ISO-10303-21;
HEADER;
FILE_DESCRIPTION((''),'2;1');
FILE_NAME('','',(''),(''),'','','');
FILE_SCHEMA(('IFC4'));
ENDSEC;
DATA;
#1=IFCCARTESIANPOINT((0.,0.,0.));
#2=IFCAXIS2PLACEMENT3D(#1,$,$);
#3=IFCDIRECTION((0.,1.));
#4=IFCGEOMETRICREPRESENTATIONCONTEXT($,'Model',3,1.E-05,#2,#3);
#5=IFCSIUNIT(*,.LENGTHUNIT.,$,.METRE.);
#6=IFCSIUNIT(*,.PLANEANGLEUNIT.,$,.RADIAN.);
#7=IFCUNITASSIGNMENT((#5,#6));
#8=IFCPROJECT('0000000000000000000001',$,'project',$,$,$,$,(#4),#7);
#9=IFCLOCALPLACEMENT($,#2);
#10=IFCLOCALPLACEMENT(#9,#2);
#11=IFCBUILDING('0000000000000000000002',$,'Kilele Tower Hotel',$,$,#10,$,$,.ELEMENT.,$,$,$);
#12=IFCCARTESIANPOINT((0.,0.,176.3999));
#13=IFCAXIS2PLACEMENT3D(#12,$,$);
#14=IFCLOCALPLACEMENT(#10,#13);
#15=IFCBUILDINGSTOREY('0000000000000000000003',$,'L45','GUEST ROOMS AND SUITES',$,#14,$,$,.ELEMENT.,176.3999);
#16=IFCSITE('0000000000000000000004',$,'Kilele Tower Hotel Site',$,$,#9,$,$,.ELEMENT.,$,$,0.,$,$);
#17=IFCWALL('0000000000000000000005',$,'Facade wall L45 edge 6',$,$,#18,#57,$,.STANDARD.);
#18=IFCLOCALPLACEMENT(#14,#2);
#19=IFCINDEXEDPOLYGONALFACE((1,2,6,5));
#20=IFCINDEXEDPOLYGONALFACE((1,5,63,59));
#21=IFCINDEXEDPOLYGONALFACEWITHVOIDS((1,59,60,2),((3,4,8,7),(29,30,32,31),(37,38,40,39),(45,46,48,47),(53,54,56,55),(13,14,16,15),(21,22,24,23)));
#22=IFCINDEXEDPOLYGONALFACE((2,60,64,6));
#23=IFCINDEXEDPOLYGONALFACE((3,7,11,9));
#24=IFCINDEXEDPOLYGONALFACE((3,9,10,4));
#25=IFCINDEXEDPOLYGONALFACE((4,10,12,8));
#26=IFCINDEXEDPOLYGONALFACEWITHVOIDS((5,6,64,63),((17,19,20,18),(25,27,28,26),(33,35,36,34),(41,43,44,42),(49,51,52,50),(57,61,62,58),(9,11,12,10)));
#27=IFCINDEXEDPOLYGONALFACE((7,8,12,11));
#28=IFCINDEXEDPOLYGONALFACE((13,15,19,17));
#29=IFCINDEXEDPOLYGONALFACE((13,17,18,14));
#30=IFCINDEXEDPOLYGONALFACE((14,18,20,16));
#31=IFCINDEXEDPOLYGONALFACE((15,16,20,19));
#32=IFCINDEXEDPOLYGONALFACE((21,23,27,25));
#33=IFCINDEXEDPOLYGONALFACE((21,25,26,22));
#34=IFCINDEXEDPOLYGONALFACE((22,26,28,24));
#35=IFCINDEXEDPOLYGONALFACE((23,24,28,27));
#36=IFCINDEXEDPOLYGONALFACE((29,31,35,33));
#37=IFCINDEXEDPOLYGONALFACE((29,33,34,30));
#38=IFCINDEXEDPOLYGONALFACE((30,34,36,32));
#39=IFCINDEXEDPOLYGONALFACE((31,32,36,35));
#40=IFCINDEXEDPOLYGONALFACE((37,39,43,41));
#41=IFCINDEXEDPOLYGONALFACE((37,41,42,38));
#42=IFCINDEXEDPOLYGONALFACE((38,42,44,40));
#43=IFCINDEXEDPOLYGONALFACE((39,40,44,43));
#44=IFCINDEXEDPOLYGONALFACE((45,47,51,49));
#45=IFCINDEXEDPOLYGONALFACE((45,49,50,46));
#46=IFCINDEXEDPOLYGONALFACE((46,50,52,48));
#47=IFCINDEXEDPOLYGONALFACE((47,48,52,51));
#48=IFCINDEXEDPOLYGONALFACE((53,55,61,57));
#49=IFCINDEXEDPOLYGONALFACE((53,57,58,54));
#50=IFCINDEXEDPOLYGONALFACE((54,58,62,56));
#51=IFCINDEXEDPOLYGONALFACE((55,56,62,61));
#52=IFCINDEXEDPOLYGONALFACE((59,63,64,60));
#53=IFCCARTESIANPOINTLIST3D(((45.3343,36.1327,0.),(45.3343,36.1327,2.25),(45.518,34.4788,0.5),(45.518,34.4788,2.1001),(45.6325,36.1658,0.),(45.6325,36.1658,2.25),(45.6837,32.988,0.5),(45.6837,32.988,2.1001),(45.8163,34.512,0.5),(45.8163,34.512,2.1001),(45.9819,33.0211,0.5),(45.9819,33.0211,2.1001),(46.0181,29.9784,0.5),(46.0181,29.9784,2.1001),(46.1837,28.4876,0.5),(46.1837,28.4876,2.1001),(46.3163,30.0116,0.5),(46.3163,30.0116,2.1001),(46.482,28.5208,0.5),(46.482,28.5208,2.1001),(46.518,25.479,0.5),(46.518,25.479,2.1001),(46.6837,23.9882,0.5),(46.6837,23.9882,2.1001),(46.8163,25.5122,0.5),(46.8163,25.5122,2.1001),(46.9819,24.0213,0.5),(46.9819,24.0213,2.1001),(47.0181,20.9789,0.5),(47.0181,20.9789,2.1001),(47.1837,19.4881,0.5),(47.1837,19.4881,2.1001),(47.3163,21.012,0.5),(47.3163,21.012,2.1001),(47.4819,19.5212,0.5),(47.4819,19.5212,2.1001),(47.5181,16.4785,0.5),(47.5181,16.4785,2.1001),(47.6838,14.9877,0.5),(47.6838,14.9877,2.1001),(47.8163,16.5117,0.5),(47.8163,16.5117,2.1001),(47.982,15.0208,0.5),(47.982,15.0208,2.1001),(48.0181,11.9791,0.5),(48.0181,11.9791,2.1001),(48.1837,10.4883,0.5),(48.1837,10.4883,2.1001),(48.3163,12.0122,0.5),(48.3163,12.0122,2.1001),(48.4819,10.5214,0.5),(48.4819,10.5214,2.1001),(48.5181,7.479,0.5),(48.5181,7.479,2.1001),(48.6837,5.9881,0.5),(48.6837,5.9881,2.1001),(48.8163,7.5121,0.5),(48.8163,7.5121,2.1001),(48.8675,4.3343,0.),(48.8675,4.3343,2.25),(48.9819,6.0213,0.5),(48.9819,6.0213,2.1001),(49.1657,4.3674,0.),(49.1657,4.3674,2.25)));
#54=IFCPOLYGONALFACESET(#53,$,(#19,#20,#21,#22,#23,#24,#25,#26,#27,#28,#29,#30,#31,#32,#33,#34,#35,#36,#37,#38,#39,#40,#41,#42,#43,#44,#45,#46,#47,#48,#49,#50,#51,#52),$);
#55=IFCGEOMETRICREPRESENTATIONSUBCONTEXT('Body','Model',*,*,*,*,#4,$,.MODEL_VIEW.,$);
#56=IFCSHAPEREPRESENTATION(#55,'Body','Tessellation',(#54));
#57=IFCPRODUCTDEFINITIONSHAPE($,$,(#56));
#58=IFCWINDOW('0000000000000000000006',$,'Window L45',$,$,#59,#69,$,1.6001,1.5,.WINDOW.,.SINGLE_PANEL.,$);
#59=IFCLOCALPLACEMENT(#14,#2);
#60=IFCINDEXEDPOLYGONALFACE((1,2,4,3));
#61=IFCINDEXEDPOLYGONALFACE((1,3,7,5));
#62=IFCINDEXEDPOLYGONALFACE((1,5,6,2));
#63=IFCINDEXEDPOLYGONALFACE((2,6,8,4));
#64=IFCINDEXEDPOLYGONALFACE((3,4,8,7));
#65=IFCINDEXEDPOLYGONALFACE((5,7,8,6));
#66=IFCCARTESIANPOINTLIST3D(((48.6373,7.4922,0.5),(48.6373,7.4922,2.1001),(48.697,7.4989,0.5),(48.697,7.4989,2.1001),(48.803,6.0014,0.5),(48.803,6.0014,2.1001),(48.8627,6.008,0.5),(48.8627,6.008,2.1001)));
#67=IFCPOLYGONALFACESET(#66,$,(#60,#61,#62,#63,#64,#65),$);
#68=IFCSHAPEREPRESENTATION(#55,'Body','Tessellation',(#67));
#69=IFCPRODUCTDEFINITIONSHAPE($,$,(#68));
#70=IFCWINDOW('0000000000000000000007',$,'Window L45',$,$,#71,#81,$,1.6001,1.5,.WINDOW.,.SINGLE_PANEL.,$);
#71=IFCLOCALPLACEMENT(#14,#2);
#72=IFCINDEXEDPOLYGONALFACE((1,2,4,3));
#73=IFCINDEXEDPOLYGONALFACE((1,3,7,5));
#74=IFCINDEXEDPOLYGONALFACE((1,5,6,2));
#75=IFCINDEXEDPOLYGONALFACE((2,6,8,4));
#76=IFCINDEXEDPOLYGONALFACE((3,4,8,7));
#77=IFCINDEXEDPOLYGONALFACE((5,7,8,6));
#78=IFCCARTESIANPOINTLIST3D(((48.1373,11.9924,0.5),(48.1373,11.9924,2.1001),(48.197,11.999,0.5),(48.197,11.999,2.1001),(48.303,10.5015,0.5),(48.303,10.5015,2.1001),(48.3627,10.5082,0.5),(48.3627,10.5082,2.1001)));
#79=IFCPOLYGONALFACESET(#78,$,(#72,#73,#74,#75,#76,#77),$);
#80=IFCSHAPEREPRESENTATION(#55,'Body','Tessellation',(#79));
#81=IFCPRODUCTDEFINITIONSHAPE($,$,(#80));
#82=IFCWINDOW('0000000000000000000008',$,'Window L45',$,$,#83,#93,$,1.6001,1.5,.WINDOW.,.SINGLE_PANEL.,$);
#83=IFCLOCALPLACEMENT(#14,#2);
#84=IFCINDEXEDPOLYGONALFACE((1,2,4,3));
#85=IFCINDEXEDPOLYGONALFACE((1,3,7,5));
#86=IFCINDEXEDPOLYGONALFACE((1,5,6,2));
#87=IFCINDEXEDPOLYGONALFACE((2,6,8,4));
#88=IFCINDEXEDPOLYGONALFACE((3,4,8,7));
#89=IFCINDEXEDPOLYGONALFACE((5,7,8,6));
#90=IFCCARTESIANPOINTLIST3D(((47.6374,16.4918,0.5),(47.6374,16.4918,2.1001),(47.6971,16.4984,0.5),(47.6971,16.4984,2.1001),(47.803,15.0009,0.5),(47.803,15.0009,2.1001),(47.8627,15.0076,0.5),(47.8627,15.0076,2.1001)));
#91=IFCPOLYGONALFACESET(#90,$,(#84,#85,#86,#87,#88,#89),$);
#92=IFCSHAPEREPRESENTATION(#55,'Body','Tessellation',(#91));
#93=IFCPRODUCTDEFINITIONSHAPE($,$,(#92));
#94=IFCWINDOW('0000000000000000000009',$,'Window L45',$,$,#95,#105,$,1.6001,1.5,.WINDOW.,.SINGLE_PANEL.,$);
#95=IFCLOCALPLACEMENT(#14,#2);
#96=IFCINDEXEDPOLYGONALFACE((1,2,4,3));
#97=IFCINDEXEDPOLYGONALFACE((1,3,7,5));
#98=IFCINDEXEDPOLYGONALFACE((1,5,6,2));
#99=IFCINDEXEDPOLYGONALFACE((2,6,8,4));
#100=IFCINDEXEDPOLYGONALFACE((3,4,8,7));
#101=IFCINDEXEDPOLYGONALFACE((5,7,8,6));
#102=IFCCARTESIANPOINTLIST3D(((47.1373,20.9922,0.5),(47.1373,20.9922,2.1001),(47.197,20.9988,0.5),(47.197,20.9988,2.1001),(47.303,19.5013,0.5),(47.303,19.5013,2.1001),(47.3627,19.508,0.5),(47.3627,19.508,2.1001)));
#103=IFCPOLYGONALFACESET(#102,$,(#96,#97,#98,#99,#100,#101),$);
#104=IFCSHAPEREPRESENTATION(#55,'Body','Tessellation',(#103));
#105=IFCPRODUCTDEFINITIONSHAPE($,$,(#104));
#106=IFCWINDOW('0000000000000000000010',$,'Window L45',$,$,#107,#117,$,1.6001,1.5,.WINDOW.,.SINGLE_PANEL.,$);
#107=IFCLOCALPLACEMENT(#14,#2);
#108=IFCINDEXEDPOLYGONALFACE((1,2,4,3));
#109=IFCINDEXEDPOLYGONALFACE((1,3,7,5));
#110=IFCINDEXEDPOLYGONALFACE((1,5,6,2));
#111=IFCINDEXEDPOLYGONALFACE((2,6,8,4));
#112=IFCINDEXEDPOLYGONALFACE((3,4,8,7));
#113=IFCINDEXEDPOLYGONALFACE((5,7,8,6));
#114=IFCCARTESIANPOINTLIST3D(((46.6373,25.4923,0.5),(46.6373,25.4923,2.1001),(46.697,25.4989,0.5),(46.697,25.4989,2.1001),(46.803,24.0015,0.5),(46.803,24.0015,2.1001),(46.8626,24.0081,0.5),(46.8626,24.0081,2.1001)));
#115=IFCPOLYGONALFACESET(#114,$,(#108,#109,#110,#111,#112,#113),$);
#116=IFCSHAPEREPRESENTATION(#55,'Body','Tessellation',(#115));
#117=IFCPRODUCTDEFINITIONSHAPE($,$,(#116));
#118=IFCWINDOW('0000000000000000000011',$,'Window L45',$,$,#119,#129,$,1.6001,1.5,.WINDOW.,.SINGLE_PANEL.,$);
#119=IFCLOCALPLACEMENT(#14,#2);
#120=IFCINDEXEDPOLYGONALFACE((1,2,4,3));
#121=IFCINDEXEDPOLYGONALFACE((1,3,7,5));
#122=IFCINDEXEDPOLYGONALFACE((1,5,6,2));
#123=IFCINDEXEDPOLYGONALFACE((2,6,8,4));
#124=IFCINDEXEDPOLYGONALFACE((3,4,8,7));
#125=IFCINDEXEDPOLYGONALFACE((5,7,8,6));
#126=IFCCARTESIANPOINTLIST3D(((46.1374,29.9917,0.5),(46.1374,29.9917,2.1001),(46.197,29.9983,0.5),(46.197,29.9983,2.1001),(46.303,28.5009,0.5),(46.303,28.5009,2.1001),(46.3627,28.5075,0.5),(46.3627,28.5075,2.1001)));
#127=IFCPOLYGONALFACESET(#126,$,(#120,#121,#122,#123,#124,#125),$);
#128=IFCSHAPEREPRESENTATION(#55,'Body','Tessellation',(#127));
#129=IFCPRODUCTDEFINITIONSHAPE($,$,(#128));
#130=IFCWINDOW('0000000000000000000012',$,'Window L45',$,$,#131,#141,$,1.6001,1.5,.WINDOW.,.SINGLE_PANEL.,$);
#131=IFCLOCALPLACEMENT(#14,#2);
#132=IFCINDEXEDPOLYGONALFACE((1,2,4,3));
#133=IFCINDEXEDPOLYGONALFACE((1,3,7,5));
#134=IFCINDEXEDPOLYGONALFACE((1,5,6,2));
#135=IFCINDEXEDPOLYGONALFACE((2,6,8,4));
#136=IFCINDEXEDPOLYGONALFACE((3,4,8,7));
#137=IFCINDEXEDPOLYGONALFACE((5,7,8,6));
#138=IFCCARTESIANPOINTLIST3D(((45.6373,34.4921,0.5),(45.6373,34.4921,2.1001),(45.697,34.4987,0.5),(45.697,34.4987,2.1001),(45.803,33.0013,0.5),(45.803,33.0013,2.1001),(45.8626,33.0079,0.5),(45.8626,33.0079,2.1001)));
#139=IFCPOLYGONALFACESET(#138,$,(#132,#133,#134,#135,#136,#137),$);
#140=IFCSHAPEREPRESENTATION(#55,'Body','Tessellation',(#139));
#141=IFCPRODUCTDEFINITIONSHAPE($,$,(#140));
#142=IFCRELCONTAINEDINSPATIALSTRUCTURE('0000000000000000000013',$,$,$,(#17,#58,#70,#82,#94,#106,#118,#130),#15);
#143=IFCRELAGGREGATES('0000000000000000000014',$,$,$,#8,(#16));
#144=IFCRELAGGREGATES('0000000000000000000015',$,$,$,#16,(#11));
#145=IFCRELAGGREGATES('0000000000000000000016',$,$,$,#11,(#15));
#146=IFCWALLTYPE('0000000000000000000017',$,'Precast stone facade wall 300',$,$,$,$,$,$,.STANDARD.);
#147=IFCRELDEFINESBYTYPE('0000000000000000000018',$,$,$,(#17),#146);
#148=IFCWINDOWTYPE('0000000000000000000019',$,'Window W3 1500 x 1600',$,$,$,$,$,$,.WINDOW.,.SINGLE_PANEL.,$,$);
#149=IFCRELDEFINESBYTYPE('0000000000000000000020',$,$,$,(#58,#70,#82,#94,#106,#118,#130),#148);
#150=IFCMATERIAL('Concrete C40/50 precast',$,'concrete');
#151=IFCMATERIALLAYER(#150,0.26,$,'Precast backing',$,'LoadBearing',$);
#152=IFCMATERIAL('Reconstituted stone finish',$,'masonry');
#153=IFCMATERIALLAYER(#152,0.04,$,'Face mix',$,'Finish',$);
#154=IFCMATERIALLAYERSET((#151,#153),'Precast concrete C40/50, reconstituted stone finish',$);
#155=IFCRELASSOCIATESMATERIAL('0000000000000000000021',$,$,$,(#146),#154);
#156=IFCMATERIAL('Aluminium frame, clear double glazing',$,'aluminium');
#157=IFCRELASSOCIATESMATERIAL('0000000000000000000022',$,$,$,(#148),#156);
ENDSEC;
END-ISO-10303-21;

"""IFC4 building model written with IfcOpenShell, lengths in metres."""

from ifc_helpers import new_model, si_unit, direction, frame, frame_2d, origin, place, context, subcontext, project, spatial, rectangle, extrude, material, layer, layer_set, type_object, element, fill, save


model = new_model("IFC4")

# Units and contexts
model_context = context("Model", 3, precision=1e-05, world=origin(), true_north=direction((0.0, 1.0)))
body_context = subcontext(model_context, "Body", "Model", "MODEL_VIEW")
ifc_project = project(units=[si_unit("LENGTHUNIT", "METRE"), si_unit("PLANEANGLEUNIT", "RADIAN")], contexts=[model_context])

# Site, building, storey
site_placement = place(None, origin())
site = spatial("IfcSite", under=ifc_project, at=site_placement, Name="Kilele Tower Hotel Site", CompositionType="ELEMENT", RefElevation=0.0)
building_placement = place(site_placement, origin())
building = spatial("IfcBuilding", under=site, at=building_placement, Name="Kilele Tower Hotel", CompositionType="ELEMENT")
storey_placement = place(building_placement, frame((0.0, 0.0, 176.3999)))
storey = spatial("IfcBuildingStorey", under=building, at=storey_placement, Name="L45", Description="GUEST ROOMS AND SUITES", CompositionType="ELEMENT", Elevation=176.3999)

# Shared definitions
ifc_material_1 = material(Name="Concrete C40/50 precast", Category="concrete")
ifc_layer_1 = layer(ifc_material_1, 0.26, Name="Precast backing", Category="LoadBearing")
ifc_material_2 = material(Name="Reconstituted stone finish", Category="masonry")
ifc_layer_2 = layer(ifc_material_2, 0.04, Name="Face mix", Category="Finish")
ifc_layer_set_1 = layer_set([ifc_layer_1, ifc_layer_2], Name="Precast concrete C40/50, reconstituted stone finish")
wall_type_1 = type_object("IfcWallType", Name="Precast stone facade wall 300", PredefinedType="STANDARD", material=ifc_layer_set_1)
ifc_material_3 = material(Name="Aluminium frame, clear double glazing", Category="aluminium")
window_type_1 = type_object("IfcWindowType", Name="Window W3 1500 x 1600", PartitioningType="SINGLE_PANEL", PredefinedType="WINDOW", material=ifc_material_3)

# Wall, openings, windows
wall_1_placement = place(storey_placement, frame((49.0166, 4.3508, 0.0), z_axis=(0.0, 0.0, 1.0), x_axis=(-0.110433, 0.993884, 0.0)))
wall_1 = element("IfcWall", 1, at=wall_1_placement, inside=storey, type_object=wall_type_1, Name="Facade wall L45 edge 6", PredefinedType="STANDARD", context=body_context, shape_type="SweptSolid", body=[
    extrude(rectangle(XDim=31.9941, YDim=0.3, at=frame_2d((15.9971, 0.0))), origin(), (0.0, 0.0, 1.0), 2.25),
])
opening_1_placement = place(wall_1_placement, frame((1.6641, 0.0, 0.5)))
opening_1 = element("IfcOpeningElement", 2, at=opening_1_placement, cuts=wall_1, PredefinedType="OPENING", context=body_context, shape_type="SweptSolid", body=[
    extrude(rectangle(XDim=1.5, YDim=1.6001, at=frame_2d((0.75, 0.8))), frame((0.0, 0.1599, 0.0), z_axis=(0.0, -1.0, 0.0), x_axis=(1.0, 0.0, 0.0)), (0.0, 0.0, 1.0), 0.3201),
])
opening_2_placement = place(wall_1_placement, frame((6.1919, 0.0, 0.5)))
opening_2 = element("IfcOpeningElement", 3, at=opening_2_placement, cuts=wall_1, PredefinedType="OPENING", context=body_context, shape_type="SweptSolid", body=[
    extrude(rectangle(XDim=1.5, YDim=1.6001, at=frame_2d((0.75, 0.8))), frame((0.0, 0.1599, 0.0), z_axis=(0.0, -1.0, 0.0), x_axis=(1.0, 0.0, 0.0)), (0.0, 0.0, 1.0), 0.3201),
])
opening_3_placement = place(wall_1_placement, frame((10.719, 0.0, 0.5)))
opening_3 = element("IfcOpeningElement", 4, at=opening_3_placement, cuts=wall_1, PredefinedType="OPENING", context=body_context, shape_type="SweptSolid", body=[
    extrude(rectangle(XDim=1.5, YDim=1.6001, at=frame_2d((0.75, 0.8))), frame((0.0, 0.1599, 0.0), z_axis=(0.0, -1.0, 0.0), x_axis=(1.0, 0.0, 0.0)), (0.0, 0.0, 1.0), 0.3201),
])
opening_4_placement = place(wall_1_placement, frame((15.2471, 0.0, 0.5)))
opening_4 = element("IfcOpeningElement", 5, at=opening_4_placement, cuts=wall_1, PredefinedType="OPENING", context=body_context, shape_type="SweptSolid", body=[
    extrude(rectangle(XDim=1.5, YDim=1.6001, at=frame_2d((0.75, 0.8))), frame((0.0, 0.1599, 0.0), z_axis=(0.0, -1.0, 0.0), x_axis=(1.0, 0.0, 0.0)), (0.0, 0.0, 1.0), 0.3201),
])
opening_5_placement = place(wall_1_placement, frame((19.7749, 0.0, 0.5)))
opening_5 = element("IfcOpeningElement", 6, at=opening_5_placement, cuts=wall_1, PredefinedType="OPENING", context=body_context, shape_type="SweptSolid", body=[
    extrude(rectangle(XDim=1.5, YDim=1.6001, at=frame_2d((0.75, 0.8))), frame((0.0, 0.1599, 0.0), z_axis=(0.0, -1.0, 0.0), x_axis=(1.0, 0.0, 0.0)), (0.0, 0.0, 1.0), 0.3201),
])
opening_6_placement = place(wall_1_placement, frame((24.302, 0.0, 0.5)))
opening_6 = element("IfcOpeningElement", 7, at=opening_6_placement, cuts=wall_1, PredefinedType="OPENING", context=body_context, shape_type="SweptSolid", body=[
    extrude(rectangle(XDim=1.5, YDim=1.6001, at=frame_2d((0.75, 0.8))), frame((0.0, 0.1599, 0.0), z_axis=(0.0, -1.0, 0.0), x_axis=(1.0, 0.0, 0.0)), (0.0, 0.0, 1.0), 0.3201),
])
opening_7_placement = place(wall_1_placement, frame((28.8301, 0.0, 0.5)))
opening_7 = element("IfcOpeningElement", 8, at=opening_7_placement, cuts=wall_1, PredefinedType="OPENING", context=body_context, shape_type="SweptSolid", body=[
    extrude(rectangle(XDim=1.5, YDim=1.6001, at=frame_2d((0.75, 0.8))), frame((0.0, 0.1599, 0.0), z_axis=(0.0, -1.0, 0.0), x_axis=(1.0, 0.0, 0.0)), (0.0, 0.0, 1.0), 0.3201),
])
window_1_placement = place(opening_1_placement, origin())
window_1 = element("IfcWindow", 9, at=window_1_placement, inside=storey, type_object=window_type_1, Name="Window L45", OverallHeight=1.6001, OverallWidth=1.5, PartitioningType="SINGLE_PANEL", PredefinedType="WINDOW", context=body_context, shape_type="SweptSolid", body=[
    extrude(rectangle(XDim=1.5, YDim=1.6001, at=frame_2d((0.75, 0.8))), frame((0.0, 0.03, 0.0), z_axis=(0.0, -1.0, 0.0), x_axis=(1.0, 0.0, 0.0)), (0.0, 0.0, 1.0), 0.0601),
])
fill(opening_1, window_1)
window_2_placement = place(opening_2_placement, origin())
window_2 = element("IfcWindow", 10, at=window_2_placement, inside=storey, type_object=window_type_1, Name="Window L45", OverallHeight=1.6001, OverallWidth=1.5, PartitioningType="SINGLE_PANEL", PredefinedType="WINDOW", context=body_context, shape_type="SweptSolid", body=[
    extrude(rectangle(XDim=1.5, YDim=1.6001, at=frame_2d((0.75, 0.8))), frame((0.0, 0.03, 0.0), z_axis=(0.0, -1.0, 0.0), x_axis=(1.0, 0.0, 0.0)), (0.0, 0.0, 1.0), 0.0601),
])
fill(opening_2, window_2)
window_3_placement = place(opening_3_placement, origin())
window_3 = element("IfcWindow", 11, at=window_3_placement, inside=storey, type_object=window_type_1, Name="Window L45", OverallHeight=1.6001, OverallWidth=1.5, PartitioningType="SINGLE_PANEL", PredefinedType="WINDOW", context=body_context, shape_type="SweptSolid", body=[
    extrude(rectangle(XDim=1.5, YDim=1.6001, at=frame_2d((0.75, 0.8))), frame((0.0, 0.03, 0.0), z_axis=(0.0, -1.0, 0.0), x_axis=(1.0, 0.0, 0.0)), (0.0, 0.0, 1.0), 0.0601),
])
fill(opening_3, window_3)
window_4_placement = place(opening_4_placement, origin())
window_4 = element("IfcWindow", 12, at=window_4_placement, inside=storey, type_object=window_type_1, Name="Window L45", OverallHeight=1.6001, OverallWidth=1.5, PartitioningType="SINGLE_PANEL", PredefinedType="WINDOW", context=body_context, shape_type="SweptSolid", body=[
    extrude(rectangle(XDim=1.5, YDim=1.6001, at=frame_2d((0.75, 0.8))), frame((0.0, 0.03, 0.0), z_axis=(0.0, -1.0, 0.0), x_axis=(1.0, 0.0, 0.0)), (0.0, 0.0, 1.0), 0.0601),
])
fill(opening_4, window_4)
window_5_placement = place(opening_5_placement, origin())
window_5 = element("IfcWindow", 13, at=window_5_placement, inside=storey, type_object=window_type_1, Name="Window L45", OverallHeight=1.6001, OverallWidth=1.5, PartitioningType="SINGLE_PANEL", PredefinedType="WINDOW", context=body_context, shape_type="SweptSolid", body=[
    extrude(rectangle(XDim=1.5, YDim=1.6001, at=frame_2d((0.75, 0.8))), frame((0.0, 0.03, 0.0), z_axis=(0.0, -1.0, 0.0), x_axis=(1.0, 0.0, 0.0)), (0.0, 0.0, 1.0), 0.0601),
])
fill(opening_5, window_5)
window_6_placement = place(opening_6_placement, origin())
window_6 = element("IfcWindow", 14, at=window_6_placement, inside=storey, type_object=window_type_1, Name="Window L45", OverallHeight=1.6001, OverallWidth=1.5, PartitioningType="SINGLE_PANEL", PredefinedType="WINDOW", context=body_context, shape_type="SweptSolid", body=[
    extrude(rectangle(XDim=1.5, YDim=1.6001, at=frame_2d((0.75, 0.8))), frame((0.0, 0.03, 0.0), z_axis=(0.0, -1.0, 0.0), x_axis=(1.0, 0.0, 0.0)), (0.0, 0.0, 1.0), 0.0601),
])
fill(opening_6, window_6)
window_7_placement = place(opening_7_placement, origin())
window_7 = element("IfcWindow", 15, at=window_7_placement, inside=storey, type_object=window_type_1, Name="Window L45", OverallHeight=1.6001, OverallWidth=1.5, PartitioningType="SINGLE_PANEL", PredefinedType="WINDOW", context=body_context, shape_type="SweptSolid", body=[
    extrude(rectangle(XDim=1.5, YDim=1.6001, at=frame_2d((0.75, 0.8))), frame((0.0, 0.03, 0.0), z_axis=(0.0, -1.0, 0.0), x_axis=(1.0, 0.0, 0.0)), (0.0, 0.0, 1.0), 0.0601),
])
fill(opening_7, window_7)

save(model, "model.ifc")
